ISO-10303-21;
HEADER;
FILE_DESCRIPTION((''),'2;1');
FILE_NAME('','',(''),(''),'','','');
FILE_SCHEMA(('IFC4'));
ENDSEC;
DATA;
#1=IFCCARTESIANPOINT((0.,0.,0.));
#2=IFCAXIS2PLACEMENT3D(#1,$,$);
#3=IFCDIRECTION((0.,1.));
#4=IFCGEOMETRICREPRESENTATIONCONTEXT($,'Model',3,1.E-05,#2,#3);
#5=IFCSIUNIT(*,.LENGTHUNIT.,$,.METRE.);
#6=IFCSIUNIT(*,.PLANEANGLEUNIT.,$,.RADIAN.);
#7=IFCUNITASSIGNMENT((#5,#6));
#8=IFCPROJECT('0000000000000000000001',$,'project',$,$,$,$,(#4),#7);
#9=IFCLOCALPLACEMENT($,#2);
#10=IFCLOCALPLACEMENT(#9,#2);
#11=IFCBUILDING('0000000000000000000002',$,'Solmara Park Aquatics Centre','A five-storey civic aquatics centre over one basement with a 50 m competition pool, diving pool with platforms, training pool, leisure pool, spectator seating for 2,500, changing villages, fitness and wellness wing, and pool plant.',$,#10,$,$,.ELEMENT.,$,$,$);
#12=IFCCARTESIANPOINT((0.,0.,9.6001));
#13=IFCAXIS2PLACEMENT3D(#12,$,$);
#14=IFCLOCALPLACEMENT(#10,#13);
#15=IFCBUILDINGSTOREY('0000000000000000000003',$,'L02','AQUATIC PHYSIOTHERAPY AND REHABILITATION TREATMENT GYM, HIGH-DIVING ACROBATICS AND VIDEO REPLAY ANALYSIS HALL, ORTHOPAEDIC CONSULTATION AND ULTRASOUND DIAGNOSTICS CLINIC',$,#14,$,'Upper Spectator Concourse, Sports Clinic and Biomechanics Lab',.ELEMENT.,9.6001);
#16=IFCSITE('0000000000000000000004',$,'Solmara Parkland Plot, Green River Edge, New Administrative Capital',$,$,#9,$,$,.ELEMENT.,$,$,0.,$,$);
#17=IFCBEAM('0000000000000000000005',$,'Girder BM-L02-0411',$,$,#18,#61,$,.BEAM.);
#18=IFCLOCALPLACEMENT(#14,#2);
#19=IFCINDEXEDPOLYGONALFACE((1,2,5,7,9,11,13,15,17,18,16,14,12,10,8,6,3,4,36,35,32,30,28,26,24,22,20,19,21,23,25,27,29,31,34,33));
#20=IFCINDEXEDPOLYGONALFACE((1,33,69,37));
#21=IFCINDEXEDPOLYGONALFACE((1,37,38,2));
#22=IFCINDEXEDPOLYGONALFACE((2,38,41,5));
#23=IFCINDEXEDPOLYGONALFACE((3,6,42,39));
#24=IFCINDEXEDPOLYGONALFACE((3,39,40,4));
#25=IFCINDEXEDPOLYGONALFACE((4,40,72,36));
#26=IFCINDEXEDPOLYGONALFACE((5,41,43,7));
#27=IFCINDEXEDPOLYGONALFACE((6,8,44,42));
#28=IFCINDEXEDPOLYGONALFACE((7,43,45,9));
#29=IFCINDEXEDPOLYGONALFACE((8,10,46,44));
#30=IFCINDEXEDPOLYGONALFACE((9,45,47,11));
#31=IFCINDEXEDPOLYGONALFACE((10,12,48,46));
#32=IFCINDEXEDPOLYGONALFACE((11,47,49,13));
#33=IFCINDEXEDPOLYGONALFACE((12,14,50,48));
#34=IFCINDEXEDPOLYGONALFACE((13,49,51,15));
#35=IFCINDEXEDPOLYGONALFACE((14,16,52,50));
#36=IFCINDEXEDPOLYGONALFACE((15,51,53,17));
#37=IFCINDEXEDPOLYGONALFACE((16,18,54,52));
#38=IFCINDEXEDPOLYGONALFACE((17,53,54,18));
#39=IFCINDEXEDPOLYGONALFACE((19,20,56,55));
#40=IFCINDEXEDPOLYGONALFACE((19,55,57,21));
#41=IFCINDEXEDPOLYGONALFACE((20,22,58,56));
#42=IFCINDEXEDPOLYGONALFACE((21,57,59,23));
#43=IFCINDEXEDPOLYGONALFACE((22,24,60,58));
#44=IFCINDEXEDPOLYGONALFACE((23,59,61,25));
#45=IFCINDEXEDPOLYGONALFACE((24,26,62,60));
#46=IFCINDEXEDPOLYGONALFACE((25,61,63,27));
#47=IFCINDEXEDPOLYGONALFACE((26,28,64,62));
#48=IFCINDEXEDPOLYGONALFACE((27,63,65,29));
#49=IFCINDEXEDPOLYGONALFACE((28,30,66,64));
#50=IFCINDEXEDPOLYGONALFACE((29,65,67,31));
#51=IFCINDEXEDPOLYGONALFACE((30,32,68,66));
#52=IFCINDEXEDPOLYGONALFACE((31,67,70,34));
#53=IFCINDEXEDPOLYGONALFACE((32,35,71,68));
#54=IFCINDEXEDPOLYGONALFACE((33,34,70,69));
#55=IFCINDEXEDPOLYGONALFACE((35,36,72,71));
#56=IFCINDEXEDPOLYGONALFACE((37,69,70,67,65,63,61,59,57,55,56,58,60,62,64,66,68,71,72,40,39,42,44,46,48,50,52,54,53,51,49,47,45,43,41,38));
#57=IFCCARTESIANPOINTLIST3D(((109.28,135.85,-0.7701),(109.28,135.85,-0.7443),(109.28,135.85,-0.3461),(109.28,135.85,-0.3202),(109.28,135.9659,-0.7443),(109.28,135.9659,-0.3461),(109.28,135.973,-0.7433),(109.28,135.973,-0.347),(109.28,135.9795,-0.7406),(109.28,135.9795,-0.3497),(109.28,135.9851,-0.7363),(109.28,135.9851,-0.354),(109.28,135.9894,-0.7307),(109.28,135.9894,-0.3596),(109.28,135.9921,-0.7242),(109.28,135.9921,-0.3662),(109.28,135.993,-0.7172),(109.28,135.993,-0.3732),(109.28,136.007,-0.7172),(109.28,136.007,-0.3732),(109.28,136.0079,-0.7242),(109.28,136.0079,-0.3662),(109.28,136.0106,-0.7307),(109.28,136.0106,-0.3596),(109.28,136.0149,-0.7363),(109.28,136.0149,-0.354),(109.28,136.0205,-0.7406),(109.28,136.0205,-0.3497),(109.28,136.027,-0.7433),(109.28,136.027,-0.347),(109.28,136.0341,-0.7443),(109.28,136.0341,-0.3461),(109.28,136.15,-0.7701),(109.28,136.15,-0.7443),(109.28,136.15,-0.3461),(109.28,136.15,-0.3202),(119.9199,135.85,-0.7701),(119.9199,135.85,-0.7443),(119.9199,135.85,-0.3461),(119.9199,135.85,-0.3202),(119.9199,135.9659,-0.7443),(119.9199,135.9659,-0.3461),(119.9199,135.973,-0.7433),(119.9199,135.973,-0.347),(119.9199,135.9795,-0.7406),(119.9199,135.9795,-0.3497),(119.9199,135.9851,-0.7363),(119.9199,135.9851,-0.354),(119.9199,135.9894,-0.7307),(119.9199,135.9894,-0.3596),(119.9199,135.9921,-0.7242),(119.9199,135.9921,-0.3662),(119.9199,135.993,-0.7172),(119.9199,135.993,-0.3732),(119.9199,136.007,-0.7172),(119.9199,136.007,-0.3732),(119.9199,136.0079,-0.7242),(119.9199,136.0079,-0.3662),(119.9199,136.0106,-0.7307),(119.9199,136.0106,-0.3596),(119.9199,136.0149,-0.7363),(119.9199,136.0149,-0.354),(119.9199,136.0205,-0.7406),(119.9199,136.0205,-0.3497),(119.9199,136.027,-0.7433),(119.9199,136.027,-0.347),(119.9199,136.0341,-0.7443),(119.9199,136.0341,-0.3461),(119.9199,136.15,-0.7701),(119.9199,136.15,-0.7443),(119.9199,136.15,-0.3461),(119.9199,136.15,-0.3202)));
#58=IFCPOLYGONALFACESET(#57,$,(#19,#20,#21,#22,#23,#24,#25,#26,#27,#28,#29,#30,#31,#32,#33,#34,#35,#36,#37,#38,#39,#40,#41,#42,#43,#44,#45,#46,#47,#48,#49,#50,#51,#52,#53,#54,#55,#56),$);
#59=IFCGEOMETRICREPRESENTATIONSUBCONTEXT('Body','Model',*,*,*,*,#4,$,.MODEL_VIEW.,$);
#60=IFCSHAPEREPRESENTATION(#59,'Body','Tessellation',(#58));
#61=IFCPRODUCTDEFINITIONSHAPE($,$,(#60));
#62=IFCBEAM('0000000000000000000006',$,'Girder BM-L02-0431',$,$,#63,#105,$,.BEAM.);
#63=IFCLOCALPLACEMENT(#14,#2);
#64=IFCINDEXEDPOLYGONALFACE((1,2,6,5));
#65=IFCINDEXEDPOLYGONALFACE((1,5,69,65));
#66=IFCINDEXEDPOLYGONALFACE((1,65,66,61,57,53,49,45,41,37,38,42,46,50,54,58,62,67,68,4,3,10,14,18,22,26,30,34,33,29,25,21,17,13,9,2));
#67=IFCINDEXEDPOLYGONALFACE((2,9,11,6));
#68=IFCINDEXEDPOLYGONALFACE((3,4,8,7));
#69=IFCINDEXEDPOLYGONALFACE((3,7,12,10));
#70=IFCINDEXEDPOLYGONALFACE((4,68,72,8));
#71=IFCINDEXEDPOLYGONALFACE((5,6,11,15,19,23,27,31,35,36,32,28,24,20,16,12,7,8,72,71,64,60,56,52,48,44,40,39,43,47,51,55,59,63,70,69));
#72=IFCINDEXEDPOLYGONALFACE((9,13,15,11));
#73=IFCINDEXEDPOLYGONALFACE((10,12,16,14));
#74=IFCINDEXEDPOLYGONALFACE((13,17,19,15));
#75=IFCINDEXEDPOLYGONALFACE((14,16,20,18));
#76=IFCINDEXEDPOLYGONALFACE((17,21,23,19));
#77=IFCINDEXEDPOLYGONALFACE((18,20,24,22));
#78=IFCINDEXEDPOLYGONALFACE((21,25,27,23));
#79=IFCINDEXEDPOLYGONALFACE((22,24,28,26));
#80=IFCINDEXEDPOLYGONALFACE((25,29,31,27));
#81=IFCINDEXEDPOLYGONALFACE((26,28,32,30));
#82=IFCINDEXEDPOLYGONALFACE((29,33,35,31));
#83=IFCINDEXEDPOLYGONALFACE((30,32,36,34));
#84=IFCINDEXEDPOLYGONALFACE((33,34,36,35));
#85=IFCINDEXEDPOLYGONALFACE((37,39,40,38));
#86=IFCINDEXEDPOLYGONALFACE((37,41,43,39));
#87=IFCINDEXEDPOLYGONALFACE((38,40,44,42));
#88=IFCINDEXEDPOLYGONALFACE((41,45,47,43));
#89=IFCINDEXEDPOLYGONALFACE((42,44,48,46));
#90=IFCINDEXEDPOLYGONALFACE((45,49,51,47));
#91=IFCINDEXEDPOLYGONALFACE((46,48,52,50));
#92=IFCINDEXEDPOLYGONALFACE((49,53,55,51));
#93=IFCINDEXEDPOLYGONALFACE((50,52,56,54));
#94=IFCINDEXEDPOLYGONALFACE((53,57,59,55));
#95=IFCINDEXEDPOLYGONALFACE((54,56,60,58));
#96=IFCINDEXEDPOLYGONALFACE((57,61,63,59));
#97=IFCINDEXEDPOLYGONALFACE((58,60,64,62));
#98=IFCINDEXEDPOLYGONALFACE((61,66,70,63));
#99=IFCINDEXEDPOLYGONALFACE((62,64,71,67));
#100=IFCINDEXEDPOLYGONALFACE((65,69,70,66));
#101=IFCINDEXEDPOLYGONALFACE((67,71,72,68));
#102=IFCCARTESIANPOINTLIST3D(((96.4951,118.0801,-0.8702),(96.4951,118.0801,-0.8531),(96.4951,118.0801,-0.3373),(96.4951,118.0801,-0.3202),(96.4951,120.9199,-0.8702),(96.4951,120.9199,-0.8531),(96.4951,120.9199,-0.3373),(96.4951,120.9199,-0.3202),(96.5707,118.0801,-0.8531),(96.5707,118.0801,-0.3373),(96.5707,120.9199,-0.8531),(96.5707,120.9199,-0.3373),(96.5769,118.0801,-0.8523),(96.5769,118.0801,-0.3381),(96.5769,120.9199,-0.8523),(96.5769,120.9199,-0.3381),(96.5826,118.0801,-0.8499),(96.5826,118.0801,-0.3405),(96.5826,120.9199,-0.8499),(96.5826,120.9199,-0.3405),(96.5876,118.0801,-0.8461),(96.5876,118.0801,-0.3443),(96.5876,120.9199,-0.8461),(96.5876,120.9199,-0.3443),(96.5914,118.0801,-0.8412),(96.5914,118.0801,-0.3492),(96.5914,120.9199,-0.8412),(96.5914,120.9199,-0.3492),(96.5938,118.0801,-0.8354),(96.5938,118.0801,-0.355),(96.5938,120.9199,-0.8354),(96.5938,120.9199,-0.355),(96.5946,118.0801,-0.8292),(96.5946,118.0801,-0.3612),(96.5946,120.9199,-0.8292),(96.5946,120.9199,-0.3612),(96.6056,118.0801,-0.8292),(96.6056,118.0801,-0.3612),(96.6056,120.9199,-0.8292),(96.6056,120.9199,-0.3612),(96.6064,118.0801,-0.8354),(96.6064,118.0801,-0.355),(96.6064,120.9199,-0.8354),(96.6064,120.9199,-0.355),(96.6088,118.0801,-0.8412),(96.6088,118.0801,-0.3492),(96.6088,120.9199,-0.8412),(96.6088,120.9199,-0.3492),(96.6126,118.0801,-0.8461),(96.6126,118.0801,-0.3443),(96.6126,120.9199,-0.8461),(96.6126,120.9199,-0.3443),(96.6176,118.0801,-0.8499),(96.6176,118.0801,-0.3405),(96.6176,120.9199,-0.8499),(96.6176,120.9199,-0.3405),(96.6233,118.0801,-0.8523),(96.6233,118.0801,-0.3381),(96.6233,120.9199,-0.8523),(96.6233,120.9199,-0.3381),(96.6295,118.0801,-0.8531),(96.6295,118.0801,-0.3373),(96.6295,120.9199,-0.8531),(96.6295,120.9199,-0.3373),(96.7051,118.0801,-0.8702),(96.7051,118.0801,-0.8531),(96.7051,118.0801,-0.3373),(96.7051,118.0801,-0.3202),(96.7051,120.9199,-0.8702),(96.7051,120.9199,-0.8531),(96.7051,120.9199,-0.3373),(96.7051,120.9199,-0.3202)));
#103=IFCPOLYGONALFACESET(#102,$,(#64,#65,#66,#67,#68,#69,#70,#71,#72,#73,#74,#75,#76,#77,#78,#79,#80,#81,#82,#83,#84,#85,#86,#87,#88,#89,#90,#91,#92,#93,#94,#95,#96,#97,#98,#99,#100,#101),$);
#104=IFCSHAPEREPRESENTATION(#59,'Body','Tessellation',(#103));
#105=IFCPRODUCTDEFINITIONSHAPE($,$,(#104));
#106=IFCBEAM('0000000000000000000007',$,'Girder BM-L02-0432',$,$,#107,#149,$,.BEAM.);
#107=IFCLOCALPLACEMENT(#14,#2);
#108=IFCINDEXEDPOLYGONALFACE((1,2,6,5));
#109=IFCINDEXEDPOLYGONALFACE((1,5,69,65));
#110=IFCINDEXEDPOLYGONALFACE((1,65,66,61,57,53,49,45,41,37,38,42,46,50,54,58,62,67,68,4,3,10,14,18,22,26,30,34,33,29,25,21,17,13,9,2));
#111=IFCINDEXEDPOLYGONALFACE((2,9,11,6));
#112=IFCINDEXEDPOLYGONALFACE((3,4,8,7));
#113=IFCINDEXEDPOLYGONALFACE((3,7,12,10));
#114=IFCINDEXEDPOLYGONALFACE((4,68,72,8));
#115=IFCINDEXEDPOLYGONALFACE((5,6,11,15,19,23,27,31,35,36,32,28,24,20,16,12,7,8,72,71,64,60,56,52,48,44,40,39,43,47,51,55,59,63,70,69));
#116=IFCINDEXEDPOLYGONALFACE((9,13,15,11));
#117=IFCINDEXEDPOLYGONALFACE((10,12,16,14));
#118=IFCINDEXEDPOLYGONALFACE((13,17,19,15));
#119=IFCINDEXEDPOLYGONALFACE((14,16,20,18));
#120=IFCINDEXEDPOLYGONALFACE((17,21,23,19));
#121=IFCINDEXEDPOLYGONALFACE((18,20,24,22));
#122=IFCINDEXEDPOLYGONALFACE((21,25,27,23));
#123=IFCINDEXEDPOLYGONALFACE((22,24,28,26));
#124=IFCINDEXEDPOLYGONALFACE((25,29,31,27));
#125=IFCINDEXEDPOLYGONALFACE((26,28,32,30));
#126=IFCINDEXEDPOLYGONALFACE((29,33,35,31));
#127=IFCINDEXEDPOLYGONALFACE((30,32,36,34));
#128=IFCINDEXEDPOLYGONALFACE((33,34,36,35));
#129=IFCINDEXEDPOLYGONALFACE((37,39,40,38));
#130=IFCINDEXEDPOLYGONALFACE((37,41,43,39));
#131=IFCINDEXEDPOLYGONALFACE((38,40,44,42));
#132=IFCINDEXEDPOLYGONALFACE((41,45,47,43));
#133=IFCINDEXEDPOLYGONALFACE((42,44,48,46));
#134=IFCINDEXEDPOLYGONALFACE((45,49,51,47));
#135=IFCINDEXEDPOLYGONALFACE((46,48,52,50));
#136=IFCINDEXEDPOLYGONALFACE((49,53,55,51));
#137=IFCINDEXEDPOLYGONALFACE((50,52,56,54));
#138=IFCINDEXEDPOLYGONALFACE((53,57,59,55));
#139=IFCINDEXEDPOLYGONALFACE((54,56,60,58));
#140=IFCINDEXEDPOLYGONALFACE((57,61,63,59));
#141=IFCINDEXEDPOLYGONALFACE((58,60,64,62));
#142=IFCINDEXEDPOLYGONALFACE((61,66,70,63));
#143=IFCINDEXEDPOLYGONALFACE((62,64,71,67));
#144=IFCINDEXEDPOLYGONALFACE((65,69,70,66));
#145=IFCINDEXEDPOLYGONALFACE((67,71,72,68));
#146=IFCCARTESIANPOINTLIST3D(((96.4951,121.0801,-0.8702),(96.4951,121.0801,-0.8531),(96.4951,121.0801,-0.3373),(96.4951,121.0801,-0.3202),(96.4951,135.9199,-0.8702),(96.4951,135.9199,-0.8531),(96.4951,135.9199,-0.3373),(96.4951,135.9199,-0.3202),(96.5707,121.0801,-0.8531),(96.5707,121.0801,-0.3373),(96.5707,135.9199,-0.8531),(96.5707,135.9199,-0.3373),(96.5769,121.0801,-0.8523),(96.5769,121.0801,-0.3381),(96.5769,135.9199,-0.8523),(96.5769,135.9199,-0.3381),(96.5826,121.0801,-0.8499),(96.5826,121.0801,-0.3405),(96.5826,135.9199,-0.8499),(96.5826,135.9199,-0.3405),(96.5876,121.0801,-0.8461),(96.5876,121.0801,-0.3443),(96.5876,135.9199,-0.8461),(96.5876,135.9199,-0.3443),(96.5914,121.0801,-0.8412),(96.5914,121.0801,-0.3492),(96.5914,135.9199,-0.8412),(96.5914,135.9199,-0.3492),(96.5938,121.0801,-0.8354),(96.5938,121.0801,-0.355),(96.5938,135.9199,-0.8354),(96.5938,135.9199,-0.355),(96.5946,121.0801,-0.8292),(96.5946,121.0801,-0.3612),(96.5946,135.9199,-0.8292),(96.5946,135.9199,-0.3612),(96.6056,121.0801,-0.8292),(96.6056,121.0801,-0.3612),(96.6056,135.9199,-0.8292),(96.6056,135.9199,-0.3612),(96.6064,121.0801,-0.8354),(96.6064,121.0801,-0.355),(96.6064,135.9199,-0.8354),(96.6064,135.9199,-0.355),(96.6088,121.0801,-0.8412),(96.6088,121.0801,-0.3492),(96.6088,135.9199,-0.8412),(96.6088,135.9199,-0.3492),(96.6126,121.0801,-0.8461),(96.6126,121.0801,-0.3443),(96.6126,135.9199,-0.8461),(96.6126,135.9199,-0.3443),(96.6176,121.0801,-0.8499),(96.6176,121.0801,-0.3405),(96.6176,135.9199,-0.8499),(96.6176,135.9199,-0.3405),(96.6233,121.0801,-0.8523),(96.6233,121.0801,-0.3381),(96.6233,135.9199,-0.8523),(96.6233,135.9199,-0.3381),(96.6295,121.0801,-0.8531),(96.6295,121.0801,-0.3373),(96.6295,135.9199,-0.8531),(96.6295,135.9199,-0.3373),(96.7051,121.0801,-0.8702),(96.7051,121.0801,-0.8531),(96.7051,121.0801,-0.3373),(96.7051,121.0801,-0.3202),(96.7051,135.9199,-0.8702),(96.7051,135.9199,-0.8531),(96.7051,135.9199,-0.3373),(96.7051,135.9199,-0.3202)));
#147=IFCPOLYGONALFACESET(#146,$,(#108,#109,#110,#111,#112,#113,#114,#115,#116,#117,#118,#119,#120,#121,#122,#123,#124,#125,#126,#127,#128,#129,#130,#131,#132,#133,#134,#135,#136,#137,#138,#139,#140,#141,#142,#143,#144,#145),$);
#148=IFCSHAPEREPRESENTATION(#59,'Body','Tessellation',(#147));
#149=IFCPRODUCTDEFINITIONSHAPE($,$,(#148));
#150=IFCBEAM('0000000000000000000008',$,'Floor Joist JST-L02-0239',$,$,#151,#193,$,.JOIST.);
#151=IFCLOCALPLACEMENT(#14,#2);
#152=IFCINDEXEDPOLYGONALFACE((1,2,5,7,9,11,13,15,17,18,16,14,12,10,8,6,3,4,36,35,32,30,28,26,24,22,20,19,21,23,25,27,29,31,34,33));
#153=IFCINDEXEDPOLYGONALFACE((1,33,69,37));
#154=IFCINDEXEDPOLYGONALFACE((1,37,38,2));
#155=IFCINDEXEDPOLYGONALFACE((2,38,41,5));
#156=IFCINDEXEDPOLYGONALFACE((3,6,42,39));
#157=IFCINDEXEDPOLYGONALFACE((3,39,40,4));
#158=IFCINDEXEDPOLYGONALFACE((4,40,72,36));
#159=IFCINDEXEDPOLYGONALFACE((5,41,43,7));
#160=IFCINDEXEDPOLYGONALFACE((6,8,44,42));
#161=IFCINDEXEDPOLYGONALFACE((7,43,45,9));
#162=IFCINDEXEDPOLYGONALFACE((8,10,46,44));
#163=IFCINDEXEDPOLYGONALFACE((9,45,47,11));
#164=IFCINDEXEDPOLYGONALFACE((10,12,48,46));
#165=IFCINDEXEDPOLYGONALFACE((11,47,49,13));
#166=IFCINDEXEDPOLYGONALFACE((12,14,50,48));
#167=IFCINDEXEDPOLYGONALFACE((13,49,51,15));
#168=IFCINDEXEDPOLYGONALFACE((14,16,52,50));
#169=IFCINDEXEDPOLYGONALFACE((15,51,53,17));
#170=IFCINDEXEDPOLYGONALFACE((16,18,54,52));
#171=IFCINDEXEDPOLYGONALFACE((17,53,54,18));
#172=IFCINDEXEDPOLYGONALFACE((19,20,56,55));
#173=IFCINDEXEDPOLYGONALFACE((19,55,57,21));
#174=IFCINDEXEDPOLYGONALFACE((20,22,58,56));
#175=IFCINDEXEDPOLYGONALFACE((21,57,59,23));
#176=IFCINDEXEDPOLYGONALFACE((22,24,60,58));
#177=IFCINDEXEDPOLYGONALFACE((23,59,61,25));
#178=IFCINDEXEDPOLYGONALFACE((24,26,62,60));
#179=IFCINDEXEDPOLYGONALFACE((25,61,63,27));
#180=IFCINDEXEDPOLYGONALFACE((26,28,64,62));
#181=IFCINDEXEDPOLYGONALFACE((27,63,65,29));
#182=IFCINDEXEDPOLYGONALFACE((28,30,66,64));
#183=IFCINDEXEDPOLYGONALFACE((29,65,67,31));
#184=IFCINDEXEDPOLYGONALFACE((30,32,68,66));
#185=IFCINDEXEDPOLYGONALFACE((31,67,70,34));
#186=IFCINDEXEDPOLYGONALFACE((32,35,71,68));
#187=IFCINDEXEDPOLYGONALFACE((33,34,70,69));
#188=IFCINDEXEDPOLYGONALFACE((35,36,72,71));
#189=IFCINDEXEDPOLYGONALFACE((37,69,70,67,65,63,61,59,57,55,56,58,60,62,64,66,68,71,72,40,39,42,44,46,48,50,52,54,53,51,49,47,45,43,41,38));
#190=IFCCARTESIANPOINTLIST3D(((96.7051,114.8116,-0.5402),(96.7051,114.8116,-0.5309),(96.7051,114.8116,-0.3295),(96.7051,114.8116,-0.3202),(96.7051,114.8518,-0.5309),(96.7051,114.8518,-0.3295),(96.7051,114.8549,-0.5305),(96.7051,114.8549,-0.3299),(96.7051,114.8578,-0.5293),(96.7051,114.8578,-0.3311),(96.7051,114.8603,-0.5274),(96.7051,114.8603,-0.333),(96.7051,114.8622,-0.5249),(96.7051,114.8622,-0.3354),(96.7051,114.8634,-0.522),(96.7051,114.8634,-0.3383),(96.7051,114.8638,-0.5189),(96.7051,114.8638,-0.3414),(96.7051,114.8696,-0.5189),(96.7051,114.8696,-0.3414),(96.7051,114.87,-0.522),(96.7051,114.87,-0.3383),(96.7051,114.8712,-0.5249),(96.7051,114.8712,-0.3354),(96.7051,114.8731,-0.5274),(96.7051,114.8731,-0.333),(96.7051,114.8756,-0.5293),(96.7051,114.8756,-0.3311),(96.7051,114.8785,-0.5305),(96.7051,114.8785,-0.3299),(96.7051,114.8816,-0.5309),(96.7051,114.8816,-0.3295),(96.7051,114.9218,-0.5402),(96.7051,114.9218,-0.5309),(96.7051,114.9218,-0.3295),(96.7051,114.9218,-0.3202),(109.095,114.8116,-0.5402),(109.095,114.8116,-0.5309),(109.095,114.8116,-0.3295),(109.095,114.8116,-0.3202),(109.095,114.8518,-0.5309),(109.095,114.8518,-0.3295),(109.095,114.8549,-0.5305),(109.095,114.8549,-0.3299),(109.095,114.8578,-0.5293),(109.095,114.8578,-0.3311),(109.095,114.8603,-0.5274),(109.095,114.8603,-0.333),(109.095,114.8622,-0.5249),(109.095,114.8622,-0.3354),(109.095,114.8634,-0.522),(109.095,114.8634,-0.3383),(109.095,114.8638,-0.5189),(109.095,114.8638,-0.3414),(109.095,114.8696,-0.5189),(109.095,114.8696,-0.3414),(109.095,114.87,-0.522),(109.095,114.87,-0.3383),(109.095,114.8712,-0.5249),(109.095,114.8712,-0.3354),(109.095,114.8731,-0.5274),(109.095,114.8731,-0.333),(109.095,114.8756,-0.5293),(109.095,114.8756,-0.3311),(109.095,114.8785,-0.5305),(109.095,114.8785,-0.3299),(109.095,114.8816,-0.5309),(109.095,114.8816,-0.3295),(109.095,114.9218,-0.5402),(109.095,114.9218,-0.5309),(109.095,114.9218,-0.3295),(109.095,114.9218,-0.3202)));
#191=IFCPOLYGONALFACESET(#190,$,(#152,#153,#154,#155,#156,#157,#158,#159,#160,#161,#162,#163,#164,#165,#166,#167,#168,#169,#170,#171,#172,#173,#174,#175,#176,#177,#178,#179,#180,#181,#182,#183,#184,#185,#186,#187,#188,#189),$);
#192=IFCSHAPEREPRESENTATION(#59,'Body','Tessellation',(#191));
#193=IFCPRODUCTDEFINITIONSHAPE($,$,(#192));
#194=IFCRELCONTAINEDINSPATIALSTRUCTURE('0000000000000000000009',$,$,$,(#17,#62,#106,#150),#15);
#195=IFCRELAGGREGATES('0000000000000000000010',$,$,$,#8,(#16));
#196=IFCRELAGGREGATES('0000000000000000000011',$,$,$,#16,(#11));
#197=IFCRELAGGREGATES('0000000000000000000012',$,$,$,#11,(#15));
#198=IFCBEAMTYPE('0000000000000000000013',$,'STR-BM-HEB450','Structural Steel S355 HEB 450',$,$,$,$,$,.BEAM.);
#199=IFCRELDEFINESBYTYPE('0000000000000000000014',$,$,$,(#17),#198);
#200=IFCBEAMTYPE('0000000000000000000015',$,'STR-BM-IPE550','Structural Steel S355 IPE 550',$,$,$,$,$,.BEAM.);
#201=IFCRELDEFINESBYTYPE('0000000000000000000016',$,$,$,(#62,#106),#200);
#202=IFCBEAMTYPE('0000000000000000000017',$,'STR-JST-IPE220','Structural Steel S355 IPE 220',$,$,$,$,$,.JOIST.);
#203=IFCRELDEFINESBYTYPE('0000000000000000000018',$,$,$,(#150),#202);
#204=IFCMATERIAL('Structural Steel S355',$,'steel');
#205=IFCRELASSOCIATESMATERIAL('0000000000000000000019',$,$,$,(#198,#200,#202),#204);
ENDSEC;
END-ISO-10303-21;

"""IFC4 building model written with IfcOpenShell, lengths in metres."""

from ifc_helpers import new_model, si_unit, direction, frame, origin, origin_2d, place, context, subcontext, project, spatial, i_section, extrude, material, material_profile, profile_set, type_object, element, save


model = new_model("IFC4")

# Units and contexts
model_context = context("Model", 3, precision=1e-05, world=origin(), true_north=direction((0.0, 1.0)))
body_context = subcontext(model_context, "Body", "Model", "MODEL_VIEW")
ifc_project = project(units=[si_unit("LENGTHUNIT", "METRE"), si_unit("PLANEANGLEUNIT", "RADIAN")], contexts=[model_context])

# Site, building, storey
site_placement = place(None, origin())
site = spatial("IfcSite", under=ifc_project, at=site_placement, Name="Solmara Parkland Plot, Green River Edge, New Administrative Capital", CompositionType="ELEMENT", RefElevation=0.0)
building_placement = place(site_placement, origin())
building = spatial("IfcBuilding", under=site, at=building_placement, Name="Solmara Park Aquatics Centre", Description="A five-storey civic aquatics centre over one basement with a 50 m competition pool, diving pool with platforms, training pool, leisure pool, spectator seating for 2,500, changing villages, fitness and wellness wing, and pool plant.", CompositionType="ELEMENT")
storey_placement = place(building_placement, frame((0.0, 0.0, 9.6001)))
storey = spatial("IfcBuildingStorey", under=building, at=storey_placement, Name="L02", Description="AQUATIC PHYSIOTHERAPY AND REHABILITATION TREATMENT GYM, HIGH-DIVING ACROBATICS AND VIDEO REPLAY ANALYSIS HALL, ORTHOPAEDIC CONSULTATION AND ULTRASOUND DIAGNOSTICS CLINIC", LongName="Upper Spectator Concourse, Sports Clinic and Biomechanics Lab", CompositionType="ELEMENT", Elevation=9.6001)

# Shared definitions
ifc_material_1 = material(Name="Structural Steel S355", Category="steel")

# Beams
ifc_material_profile_1 = material_profile(ifc_material_1, i_section(OverallWidth=0.3, OverallDepth=0.45, WebThickness=0.0139, FlangeThickness=0.0259, FilletRadius=0.0271, at=origin_2d()), Name="HEB 450")
ifc_profile_set_1 = profile_set([ifc_material_profile_1], Name="Structural Steel S355")
beam_type_1 = type_object("IfcBeamType", Name="STR-BM-HEB450", Description="Structural Steel S355 HEB 450", PredefinedType="BEAM", material=ifc_profile_set_1)
beam_1_placement = place(storey_placement, frame((109.28, 136.0, -0.5452), z_axis=(1.0, 0.0, 0.0), x_axis=(0.0, 1.0, 0.0)))
element("IfcBeam", 1, at=beam_1_placement, inside=storey, type_object=beam_type_1, Name="Girder BM-L02-0411", PredefinedType="BEAM", context=body_context, shape_type="SweptSolid", body=[
    extrude(i_section(OverallWidth=0.3, OverallDepth=0.45, WebThickness=0.0139, FlangeThickness=0.0259, FilletRadius=0.0271, at=origin_2d()), origin(), (0.0, 0.0, 1.0), 10.6399),
])
ifc_material_profile_2 = material_profile(ifc_material_1, i_section(OverallWidth=0.21, OverallDepth=0.55, WebThickness=0.011, FlangeThickness=0.0171, FilletRadius=0.0239, at=origin_2d()), Name="IPE 550")
ifc_profile_set_2 = profile_set([ifc_material_profile_2], Name="Structural Steel S355")
beam_type_2 = type_object("IfcBeamType", Name="STR-BM-IPE550", Description="Structural Steel S355 IPE 550", PredefinedType="BEAM", material=ifc_profile_set_2)
beam_2_placement = place(storey_placement, frame((96.6001, 118.0801, -0.5952), z_axis=(0.0, 1.0, 0.0), x_axis=(-1.0, 0.0, 0.0)))
element("IfcBeam", 2, at=beam_2_placement, inside=storey, type_object=beam_type_2, Name="Girder BM-L02-0431", PredefinedType="BEAM", context=body_context, shape_type="SweptSolid", body=[
    extrude(i_section(OverallWidth=0.21, OverallDepth=0.55, WebThickness=0.011, FlangeThickness=0.0171, FilletRadius=0.0239, at=origin_2d()), origin(), (0.0, 0.0, 1.0), 2.8398),
])
beam_3_placement = place(storey_placement, frame((96.6001, 121.0801, -0.5952), z_axis=(0.0, 1.0, 0.0), x_axis=(-1.0, 0.0, 0.0)))
element("IfcBeam", 3, at=beam_3_placement, inside=storey, type_object=beam_type_2, Name="Girder BM-L02-0432", PredefinedType="BEAM", context=body_context, shape_type="SweptSolid", body=[
    extrude(i_section(OverallWidth=0.21, OverallDepth=0.55, WebThickness=0.011, FlangeThickness=0.0171, FilletRadius=0.0239, at=origin_2d()), origin(), (0.0, 0.0, 1.0), 14.8398),
])
ifc_material_profile_3 = material_profile(ifc_material_1, i_section(OverallWidth=0.1101, OverallDepth=0.22, WebThickness=0.0059, FlangeThickness=0.0093, FilletRadius=0.012, at=origin_2d()), Name="IPE 220")
ifc_profile_set_3 = profile_set([ifc_material_profile_3], Name="Structural Steel S355")
beam_type_3 = type_object("IfcBeamType", Name="STR-JST-IPE220", Description="Structural Steel S355 IPE 220", PredefinedType="JOIST", material=ifc_profile_set_3)
beam_4_placement = place(storey_placement, frame((96.7051, 114.8667, -0.4302), z_axis=(1.0, 0.0, 0.0), x_axis=(0.0, 1.0, 0.0)))
element("IfcBeam", 4, at=beam_4_placement, inside=storey, type_object=beam_type_3, Name="Floor Joist JST-L02-0239", PredefinedType="JOIST", context=body_context, shape_type="SweptSolid", body=[
    extrude(i_section(OverallWidth=0.1101, OverallDepth=0.22, WebThickness=0.0059, FlangeThickness=0.0093, FilletRadius=0.012, at=origin_2d()), origin(), (0.0, 0.0, 1.0), 12.3899),
])

save(model, "model.ifc")
